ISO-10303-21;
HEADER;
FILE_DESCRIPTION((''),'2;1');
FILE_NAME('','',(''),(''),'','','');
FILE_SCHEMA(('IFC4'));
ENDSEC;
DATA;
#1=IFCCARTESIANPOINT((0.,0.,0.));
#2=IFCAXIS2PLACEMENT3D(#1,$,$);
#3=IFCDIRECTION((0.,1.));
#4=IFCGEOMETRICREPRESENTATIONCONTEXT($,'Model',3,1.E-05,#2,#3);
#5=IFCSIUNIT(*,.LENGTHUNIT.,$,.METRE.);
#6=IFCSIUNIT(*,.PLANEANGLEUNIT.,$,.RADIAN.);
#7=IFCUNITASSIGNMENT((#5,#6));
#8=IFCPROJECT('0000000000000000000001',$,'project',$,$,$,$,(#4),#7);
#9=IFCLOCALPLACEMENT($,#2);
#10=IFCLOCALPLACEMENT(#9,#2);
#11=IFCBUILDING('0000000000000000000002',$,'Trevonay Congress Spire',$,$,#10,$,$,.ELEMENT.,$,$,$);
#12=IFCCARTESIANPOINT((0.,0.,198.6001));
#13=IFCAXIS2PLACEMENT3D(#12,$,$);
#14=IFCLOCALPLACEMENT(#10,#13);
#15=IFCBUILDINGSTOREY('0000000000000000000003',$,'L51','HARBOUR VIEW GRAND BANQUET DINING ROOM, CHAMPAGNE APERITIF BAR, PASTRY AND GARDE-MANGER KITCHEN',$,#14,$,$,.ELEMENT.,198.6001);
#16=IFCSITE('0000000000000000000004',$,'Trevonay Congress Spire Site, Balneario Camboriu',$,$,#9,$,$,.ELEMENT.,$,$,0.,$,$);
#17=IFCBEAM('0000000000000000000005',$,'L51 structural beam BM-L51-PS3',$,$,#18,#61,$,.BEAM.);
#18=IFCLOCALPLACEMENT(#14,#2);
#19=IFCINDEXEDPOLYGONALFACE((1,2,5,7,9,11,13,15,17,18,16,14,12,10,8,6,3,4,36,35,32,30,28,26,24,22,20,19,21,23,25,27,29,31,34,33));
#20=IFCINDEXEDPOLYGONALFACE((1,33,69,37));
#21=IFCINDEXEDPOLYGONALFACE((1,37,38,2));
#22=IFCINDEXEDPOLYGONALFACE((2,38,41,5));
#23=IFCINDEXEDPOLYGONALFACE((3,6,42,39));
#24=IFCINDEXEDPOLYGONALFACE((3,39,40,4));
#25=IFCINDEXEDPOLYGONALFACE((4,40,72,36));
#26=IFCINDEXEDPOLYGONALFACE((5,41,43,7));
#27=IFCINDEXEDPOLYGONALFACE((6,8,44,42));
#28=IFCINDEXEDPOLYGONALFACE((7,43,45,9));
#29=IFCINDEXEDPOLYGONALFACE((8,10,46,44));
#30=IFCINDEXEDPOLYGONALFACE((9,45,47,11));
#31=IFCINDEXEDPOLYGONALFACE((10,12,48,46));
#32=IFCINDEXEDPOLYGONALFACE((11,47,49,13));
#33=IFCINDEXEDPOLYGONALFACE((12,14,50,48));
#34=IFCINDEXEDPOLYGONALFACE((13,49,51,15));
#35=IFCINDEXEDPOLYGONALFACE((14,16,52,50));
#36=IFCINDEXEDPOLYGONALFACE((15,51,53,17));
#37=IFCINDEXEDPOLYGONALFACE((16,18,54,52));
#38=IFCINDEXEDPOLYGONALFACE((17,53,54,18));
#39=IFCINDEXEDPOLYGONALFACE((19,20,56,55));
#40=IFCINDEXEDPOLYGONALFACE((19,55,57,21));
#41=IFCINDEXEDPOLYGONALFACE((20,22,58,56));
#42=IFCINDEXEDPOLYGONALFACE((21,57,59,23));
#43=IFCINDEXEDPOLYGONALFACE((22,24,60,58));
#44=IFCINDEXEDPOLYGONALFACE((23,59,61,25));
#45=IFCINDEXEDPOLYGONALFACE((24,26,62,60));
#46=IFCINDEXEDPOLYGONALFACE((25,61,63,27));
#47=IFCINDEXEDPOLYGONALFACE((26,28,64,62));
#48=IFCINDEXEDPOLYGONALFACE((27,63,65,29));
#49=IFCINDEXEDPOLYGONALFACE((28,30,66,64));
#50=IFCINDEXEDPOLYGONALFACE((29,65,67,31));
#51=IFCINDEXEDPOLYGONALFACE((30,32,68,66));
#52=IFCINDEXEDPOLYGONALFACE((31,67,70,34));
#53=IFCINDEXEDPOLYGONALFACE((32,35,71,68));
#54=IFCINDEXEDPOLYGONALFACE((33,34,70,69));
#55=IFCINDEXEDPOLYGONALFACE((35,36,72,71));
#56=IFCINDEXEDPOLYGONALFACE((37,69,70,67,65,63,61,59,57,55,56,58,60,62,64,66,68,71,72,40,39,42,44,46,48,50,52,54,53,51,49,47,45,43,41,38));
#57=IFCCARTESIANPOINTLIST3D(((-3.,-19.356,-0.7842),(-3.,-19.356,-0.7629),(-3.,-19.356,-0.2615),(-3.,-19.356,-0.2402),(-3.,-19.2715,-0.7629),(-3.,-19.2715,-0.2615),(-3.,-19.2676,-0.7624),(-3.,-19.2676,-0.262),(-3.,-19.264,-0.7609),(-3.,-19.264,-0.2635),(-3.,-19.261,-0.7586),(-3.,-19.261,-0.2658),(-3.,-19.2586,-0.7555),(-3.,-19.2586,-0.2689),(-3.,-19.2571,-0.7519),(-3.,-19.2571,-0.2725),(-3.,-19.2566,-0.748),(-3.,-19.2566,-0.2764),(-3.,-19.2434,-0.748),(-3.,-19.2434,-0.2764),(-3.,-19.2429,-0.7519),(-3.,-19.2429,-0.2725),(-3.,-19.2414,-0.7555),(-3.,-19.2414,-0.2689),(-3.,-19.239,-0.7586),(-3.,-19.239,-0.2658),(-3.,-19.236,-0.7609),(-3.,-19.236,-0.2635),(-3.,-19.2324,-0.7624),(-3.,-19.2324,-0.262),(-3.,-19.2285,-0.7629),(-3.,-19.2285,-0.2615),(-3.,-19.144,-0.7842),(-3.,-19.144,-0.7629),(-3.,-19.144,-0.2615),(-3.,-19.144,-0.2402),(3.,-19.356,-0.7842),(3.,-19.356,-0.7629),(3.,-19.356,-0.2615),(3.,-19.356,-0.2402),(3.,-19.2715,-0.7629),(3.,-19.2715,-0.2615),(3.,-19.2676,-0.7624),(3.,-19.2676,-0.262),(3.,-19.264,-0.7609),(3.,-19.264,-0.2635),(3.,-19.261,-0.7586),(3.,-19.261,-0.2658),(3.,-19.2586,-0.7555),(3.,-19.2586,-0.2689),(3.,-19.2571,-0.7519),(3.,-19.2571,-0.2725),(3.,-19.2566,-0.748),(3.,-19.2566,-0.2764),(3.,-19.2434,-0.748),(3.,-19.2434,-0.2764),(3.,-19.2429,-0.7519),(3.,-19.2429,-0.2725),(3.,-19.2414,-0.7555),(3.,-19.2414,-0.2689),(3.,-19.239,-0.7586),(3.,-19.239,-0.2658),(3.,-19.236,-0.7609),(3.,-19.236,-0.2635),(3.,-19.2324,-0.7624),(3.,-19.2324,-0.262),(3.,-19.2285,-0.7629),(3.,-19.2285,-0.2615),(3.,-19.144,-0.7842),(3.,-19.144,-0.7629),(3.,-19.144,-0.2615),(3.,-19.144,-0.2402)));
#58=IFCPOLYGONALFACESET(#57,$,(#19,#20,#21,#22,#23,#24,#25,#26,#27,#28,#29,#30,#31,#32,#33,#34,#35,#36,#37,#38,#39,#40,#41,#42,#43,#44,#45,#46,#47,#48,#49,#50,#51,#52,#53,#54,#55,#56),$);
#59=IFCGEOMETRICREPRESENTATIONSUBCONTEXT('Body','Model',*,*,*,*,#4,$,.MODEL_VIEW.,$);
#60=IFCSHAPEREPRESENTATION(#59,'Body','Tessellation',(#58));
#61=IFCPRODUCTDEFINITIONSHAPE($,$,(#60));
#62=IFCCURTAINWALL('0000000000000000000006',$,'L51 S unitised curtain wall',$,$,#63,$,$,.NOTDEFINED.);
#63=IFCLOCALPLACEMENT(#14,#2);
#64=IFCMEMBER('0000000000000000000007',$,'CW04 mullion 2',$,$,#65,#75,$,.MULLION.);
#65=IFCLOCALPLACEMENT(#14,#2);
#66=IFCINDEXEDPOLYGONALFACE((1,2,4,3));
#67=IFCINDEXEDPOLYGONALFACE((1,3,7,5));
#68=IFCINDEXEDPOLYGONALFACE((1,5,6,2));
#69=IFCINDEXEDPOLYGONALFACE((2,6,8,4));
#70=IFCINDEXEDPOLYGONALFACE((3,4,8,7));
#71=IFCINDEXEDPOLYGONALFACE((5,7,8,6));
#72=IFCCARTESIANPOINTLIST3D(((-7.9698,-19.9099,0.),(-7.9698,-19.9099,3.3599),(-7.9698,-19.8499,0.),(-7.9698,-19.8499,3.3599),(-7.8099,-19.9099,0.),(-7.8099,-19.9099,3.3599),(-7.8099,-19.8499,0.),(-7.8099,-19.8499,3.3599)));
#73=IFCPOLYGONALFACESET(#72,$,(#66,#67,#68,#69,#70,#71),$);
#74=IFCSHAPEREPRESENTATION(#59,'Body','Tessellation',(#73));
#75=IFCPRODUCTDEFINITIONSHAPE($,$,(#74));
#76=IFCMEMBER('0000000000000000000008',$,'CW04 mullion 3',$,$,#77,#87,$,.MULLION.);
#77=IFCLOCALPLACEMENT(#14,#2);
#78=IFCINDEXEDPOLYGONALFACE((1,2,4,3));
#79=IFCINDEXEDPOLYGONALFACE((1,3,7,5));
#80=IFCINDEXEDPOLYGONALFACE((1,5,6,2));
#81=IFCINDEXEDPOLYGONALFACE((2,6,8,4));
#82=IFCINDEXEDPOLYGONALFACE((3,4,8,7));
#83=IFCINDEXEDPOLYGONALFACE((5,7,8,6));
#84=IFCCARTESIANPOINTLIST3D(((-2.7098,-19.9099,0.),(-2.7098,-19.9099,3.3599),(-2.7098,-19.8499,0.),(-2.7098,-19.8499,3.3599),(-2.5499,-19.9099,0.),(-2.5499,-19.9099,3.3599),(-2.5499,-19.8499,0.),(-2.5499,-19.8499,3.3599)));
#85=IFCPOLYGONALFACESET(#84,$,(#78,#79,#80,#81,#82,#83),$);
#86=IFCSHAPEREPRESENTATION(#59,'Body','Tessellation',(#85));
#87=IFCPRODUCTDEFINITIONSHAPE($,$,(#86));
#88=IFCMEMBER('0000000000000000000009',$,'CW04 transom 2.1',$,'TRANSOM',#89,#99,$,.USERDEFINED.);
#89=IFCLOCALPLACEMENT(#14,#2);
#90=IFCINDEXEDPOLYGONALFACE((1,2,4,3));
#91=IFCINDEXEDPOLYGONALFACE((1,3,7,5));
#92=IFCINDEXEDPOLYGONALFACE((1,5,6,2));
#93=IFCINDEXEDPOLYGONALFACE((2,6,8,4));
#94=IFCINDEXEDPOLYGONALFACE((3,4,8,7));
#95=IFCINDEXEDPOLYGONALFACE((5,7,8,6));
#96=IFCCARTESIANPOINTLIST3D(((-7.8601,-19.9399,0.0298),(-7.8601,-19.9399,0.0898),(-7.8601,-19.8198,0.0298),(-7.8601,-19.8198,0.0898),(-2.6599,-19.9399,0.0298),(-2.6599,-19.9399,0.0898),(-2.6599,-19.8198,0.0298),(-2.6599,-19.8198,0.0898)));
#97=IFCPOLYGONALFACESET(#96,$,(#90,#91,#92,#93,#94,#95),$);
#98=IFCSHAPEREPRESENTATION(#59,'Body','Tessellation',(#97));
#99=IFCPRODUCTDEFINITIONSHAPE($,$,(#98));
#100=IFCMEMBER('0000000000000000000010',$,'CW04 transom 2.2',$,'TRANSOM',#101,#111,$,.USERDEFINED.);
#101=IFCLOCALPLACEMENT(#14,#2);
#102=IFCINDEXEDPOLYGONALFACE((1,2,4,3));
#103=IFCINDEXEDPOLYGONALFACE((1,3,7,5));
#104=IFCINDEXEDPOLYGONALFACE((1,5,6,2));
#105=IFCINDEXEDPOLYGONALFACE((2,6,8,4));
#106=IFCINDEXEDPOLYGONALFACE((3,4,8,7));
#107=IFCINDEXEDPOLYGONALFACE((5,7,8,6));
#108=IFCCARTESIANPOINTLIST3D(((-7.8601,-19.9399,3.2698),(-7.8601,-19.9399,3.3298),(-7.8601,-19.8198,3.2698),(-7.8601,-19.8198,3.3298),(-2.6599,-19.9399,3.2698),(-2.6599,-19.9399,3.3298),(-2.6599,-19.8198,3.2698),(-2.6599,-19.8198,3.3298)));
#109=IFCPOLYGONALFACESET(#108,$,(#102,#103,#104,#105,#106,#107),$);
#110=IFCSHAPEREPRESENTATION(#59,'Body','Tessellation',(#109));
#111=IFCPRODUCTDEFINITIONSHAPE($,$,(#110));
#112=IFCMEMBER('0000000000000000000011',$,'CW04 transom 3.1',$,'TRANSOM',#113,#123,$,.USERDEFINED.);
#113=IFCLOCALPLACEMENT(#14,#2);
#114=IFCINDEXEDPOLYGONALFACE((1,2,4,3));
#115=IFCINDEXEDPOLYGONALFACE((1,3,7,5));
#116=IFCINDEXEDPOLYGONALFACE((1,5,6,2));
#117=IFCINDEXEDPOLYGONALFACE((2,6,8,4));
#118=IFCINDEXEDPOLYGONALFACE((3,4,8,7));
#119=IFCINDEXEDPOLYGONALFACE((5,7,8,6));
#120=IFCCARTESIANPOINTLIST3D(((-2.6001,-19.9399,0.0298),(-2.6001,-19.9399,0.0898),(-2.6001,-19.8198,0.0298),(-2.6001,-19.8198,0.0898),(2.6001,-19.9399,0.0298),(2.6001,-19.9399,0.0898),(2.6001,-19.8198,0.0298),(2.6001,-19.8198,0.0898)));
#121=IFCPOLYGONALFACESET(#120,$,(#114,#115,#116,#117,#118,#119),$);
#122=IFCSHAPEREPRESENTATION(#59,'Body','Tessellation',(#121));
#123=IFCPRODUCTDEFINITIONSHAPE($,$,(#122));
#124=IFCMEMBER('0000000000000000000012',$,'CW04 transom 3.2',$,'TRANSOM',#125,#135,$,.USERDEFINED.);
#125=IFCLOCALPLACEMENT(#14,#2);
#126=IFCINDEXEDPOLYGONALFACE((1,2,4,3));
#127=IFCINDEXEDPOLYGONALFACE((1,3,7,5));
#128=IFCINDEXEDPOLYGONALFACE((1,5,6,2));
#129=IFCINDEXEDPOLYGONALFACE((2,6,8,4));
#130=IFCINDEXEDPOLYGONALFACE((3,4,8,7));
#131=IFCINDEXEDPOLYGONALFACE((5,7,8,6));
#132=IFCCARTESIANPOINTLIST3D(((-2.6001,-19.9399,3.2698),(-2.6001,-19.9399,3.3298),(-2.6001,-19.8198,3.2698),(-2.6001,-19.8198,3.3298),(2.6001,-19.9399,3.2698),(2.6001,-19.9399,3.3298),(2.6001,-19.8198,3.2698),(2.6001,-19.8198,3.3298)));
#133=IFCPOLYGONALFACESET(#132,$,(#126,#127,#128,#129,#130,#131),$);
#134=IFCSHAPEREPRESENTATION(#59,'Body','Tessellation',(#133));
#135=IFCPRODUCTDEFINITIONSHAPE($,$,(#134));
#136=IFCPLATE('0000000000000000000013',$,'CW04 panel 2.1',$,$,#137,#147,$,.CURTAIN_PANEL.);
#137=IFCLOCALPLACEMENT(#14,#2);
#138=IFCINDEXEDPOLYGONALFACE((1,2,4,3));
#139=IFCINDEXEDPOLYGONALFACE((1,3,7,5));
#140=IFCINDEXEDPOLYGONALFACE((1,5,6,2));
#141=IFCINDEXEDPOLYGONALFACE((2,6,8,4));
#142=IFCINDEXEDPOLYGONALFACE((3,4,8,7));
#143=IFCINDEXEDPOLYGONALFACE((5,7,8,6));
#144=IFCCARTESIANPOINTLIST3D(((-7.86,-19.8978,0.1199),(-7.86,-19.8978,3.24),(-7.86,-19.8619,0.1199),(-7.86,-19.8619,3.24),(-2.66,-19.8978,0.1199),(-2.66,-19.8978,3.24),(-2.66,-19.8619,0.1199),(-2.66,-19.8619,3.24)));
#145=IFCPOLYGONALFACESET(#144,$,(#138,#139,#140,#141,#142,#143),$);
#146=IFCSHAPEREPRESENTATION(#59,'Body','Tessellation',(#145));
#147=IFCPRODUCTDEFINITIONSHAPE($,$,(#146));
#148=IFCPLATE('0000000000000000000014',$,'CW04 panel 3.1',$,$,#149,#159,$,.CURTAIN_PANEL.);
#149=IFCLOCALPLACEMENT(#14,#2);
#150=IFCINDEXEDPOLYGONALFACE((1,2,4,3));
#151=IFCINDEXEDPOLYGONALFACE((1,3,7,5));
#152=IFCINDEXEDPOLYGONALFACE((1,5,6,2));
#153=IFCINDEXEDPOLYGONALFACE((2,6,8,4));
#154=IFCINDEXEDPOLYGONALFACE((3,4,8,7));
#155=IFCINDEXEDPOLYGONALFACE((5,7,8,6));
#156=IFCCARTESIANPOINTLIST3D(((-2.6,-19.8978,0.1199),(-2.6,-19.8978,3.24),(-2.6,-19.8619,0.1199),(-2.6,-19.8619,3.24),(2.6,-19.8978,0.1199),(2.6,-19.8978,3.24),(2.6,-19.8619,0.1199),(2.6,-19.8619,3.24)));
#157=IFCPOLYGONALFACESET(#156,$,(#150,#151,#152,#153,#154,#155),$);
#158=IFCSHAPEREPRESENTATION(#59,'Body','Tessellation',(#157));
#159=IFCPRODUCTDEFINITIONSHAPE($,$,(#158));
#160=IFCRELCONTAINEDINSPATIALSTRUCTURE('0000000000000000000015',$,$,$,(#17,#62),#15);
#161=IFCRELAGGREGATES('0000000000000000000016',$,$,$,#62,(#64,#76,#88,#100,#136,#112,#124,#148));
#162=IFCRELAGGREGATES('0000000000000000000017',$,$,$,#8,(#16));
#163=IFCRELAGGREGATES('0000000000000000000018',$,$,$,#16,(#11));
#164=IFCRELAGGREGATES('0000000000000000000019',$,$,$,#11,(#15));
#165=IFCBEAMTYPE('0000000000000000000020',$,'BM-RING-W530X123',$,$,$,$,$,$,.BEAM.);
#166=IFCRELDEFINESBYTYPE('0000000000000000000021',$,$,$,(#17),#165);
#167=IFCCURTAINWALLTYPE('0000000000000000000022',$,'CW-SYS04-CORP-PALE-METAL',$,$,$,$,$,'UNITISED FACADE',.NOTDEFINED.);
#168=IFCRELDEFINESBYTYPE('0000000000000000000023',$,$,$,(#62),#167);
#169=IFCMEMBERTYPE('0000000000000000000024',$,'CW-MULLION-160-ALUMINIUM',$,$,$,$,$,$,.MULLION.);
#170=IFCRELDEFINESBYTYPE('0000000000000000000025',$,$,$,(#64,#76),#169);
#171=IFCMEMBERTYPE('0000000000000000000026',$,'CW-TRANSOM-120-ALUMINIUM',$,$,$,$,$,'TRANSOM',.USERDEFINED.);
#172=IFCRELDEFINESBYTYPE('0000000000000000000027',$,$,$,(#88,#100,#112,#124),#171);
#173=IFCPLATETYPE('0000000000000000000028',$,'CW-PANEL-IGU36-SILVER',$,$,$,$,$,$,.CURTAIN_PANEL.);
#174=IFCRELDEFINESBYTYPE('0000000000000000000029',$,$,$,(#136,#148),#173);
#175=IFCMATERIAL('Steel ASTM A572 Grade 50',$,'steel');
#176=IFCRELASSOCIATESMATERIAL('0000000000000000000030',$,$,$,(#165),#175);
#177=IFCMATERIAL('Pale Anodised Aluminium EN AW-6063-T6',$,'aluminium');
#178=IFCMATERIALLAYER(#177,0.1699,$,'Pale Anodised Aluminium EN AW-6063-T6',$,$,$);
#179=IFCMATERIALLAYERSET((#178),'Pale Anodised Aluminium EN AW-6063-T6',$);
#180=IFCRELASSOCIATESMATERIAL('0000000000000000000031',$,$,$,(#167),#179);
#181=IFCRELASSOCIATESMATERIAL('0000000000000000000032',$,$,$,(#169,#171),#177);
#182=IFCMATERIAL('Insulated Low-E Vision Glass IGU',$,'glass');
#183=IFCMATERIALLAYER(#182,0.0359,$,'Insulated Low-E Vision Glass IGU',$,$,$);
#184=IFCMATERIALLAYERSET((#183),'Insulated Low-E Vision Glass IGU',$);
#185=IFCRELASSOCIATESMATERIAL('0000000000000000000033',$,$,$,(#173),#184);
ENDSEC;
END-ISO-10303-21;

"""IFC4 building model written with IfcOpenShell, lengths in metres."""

from ifc_helpers import new_model, si_unit, direction, frame, origin, origin_2d, place, context, subcontext, project, spatial, rectangle, i_section, extrude, material, layer, layer_set, material_profile, profile_set, type_object, element, aggregate, save


model = new_model("IFC4")

# Units and contexts
model_context = context("Model", 3, precision=1e-05, world=origin(), true_north=direction((0.0, 1.0)))
body_context = subcontext(model_context, "Body", "Model", "MODEL_VIEW")
ifc_project = project(units=[si_unit("LENGTHUNIT", "METRE"), si_unit("PLANEANGLEUNIT", "RADIAN")], contexts=[model_context])

# Site, building, storey
site_placement = place(None, origin())
site = spatial("IfcSite", under=ifc_project, at=site_placement, Name="Trevonay Congress Spire Site, Balneario Camboriu", CompositionType="ELEMENT", RefElevation=0.0)
building_placement = place(site_placement, origin())
building = spatial("IfcBuilding", under=site, at=building_placement, Name="Trevonay Congress Spire", CompositionType="ELEMENT")
storey_placement = place(building_placement, frame((0.0, 0.0, 198.6001)))
storey = spatial("IfcBuildingStorey", under=building, at=storey_placement, Name="L51", Description="HARBOUR VIEW GRAND BANQUET DINING ROOM, CHAMPAGNE APERITIF BAR, PASTRY AND GARDE-MANGER KITCHEN", CompositionType="ELEMENT", Elevation=198.6001)

# Shared definitions
ifc_material_1 = material(Name="Steel ASTM A572 Grade 50", Category="steel")

# Beam
ifc_material_profile_1 = material_profile(ifc_material_1, i_section(OverallWidth=0.2119, OverallDepth=0.5439, WebThickness=0.0132, FlangeThickness=0.0212, FilletRadius=0.0149, at=origin_2d()), Name="W530x123")
ifc_profile_set_1 = profile_set([ifc_material_profile_1], Name="Steel ASTM A572 Grade 50")
beam_type_1 = type_object("IfcBeamType", Name="BM-RING-W530X123", PredefinedType="BEAM", material=ifc_profile_set_1)
beam_1_placement = place(storey_placement, frame((-3.0, -19.25, -0.5122), z_axis=(1.0, 0.0, 0.0), x_axis=(0.0, 1.0, 0.0)))
element("IfcBeam", 1, at=beam_1_placement, inside=storey, type_object=beam_type_1, Name="L51 structural beam BM-L51-PS3", PredefinedType="BEAM", context=body_context, shape_type="SweptSolid", body=[
    extrude(i_section(OverallWidth=0.2119, OverallDepth=0.5439, WebThickness=0.0132, FlangeThickness=0.0212, FilletRadius=0.0149, at=origin_2d()), origin(), (0.0, 0.0, 1.0), 6.0),
])

# Curtain wall, members, plates
ifc_material_2 = material(Name="Pale Anodised Aluminium EN AW-6063-T6", Category="aluminium")
ifc_layer_1 = layer(ifc_material_2, 0.1699, Name="Pale Anodised Aluminium EN AW-6063-T6")
ifc_layer_set_1 = layer_set([ifc_layer_1], Name="Pale Anodised Aluminium EN AW-6063-T6")
curtain_wall_type = type_object("IfcCurtainWallType", Name="CW-SYS04-CORP-PALE-METAL", ElementType="UNITISED FACADE", PredefinedType="NOTDEFINED", material=ifc_layer_set_1)
curtain_wall_placement = place(storey_placement, origin())
curtain_wall = element("IfcCurtainWall", 2, at=curtain_wall_placement, inside=storey, type_object=curtain_wall_type, Name="L51 S unitised curtain wall", PredefinedType="NOTDEFINED")
ifc_material_profile_2 = material_profile(ifc_material_2, rectangle(XDim=0.0601, YDim=0.1599, at=origin_2d()), Name="CW-MULLION-160-ALUMINIUM")
ifc_profile_set_2 = profile_set([ifc_material_profile_2], Name="Pale Anodised Aluminium EN AW-6063-T6")
member_type_1 = type_object("IfcMemberType", Name="CW-MULLION-160-ALUMINIUM", PredefinedType="MULLION", material=ifc_profile_set_2)
member_1_placement = place(storey_placement, frame((-7.8899, -19.8799, 0.0), z_axis=(0.0, 0.0, 1.0), x_axis=(0.0, 1.0, 0.0)))
member_1 = element("IfcMember", 3, at=member_1_placement, type_object=member_type_1, Name="CW04 mullion 2", PredefinedType="MULLION", context=body_context, shape_type="SweptSolid", body=[
    extrude(rectangle(XDim=0.0601, YDim=0.1599, at=origin_2d()), origin(), (0.0, 0.0, 1.0), 3.3599),
])
member_2_placement = place(storey_placement, frame((-2.6299, -19.8799, 0.0), z_axis=(0.0, 0.0, 1.0), x_axis=(0.0, 1.0, 0.0)))
member_2 = element("IfcMember", 4, at=member_2_placement, type_object=member_type_1, Name="CW04 mullion 3", PredefinedType="MULLION", context=body_context, shape_type="SweptSolid", body=[
    extrude(rectangle(XDim=0.0601, YDim=0.1599, at=origin_2d()), origin(), (0.0, 0.0, 1.0), 3.3599),
])
ifc_material_profile_3 = material_profile(ifc_material_2, rectangle(XDim=0.1201, YDim=0.0601, at=origin_2d()), Name="CW-TRANSOM-120-ALUMINIUM")
ifc_profile_set_3 = profile_set([ifc_material_profile_3], Name="Pale Anodised Aluminium EN AW-6063-T6")
member_type_2 = type_object("IfcMemberType", Name="CW-TRANSOM-120-ALUMINIUM", ElementType="TRANSOM", PredefinedType="USERDEFINED", material=ifc_profile_set_3)
member_3_placement = place(storey_placement, frame((-7.8601, -19.8799, 0.0598), z_axis=(1.0, 0.0, 0.0), x_axis=(0.0, 1.0, 0.0)))
member_3 = element("IfcMember", 5, at=member_3_placement, type_object=member_type_2, Name="CW04 transom 2.1", ObjectType="TRANSOM", PredefinedType="USERDEFINED", context=body_context, shape_type="SweptSolid", body=[
    extrude(rectangle(XDim=0.1201, YDim=0.0601, at=origin_2d()), origin(), (0.0, 0.0, 1.0), 5.2002),
])
member_4_placement = place(storey_placement, frame((-7.8601, -19.8799, 3.2998), z_axis=(1.0, 0.0, 0.0), x_axis=(0.0, 1.0, 0.0)))
member_4 = element("IfcMember", 6, at=member_4_placement, type_object=member_type_2, Name="CW04 transom 2.2", ObjectType="TRANSOM", PredefinedType="USERDEFINED", context=body_context, shape_type="SweptSolid", body=[
    extrude(rectangle(XDim=0.1201, YDim=0.0601, at=origin_2d()), origin(), (0.0, 0.0, 1.0), 5.2002),
])
member_5_placement = place(storey_placement, frame((-2.6001, -19.8799, 0.0598), z_axis=(1.0, 0.0, 0.0), x_axis=(0.0, 1.0, 0.0)))
member_5 = element("IfcMember", 7, at=member_5_placement, type_object=member_type_2, Name="CW04 transom 3.1", ObjectType="TRANSOM", PredefinedType="USERDEFINED", context=body_context, shape_type="SweptSolid", body=[
    extrude(rectangle(XDim=0.1201, YDim=0.0601, at=origin_2d()), origin(), (0.0, 0.0, 1.0), 5.2002),
])
member_6_placement = place(storey_placement, frame((-2.6001, -19.8799, 3.2998), z_axis=(1.0, 0.0, 0.0), x_axis=(0.0, 1.0, 0.0)))
member_6 = element("IfcMember", 8, at=member_6_placement, type_object=member_type_2, Name="CW04 transom 3.2", ObjectType="TRANSOM", PredefinedType="USERDEFINED", context=body_context, shape_type="SweptSolid", body=[
    extrude(rectangle(XDim=0.1201, YDim=0.0601, at=origin_2d()), origin(), (0.0, 0.0, 1.0), 5.2002),
])
ifc_material_3 = material(Name="Insulated Low-E Vision Glass IGU", Category="glass")
ifc_layer_2 = layer(ifc_material_3, 0.0359, Name="Insulated Low-E Vision Glass IGU")
ifc_layer_set_2 = layer_set([ifc_layer_2], Name="Insulated Low-E Vision Glass IGU")
plate_type = type_object("IfcPlateType", Name="CW-PANEL-IGU36-SILVER", PredefinedType="CURTAIN_PANEL", material=ifc_layer_set_2)
plate_1_placement = place(storey_placement, frame((-5.26, -19.8799, 0.1199), z_axis=(0.0, 0.0, 1.0), x_axis=(1.0, 0.0, 0.0)))
plate_1 = element("IfcPlate", 9, at=plate_1_placement, type_object=plate_type, Name="CW04 panel 2.1", PredefinedType="CURTAIN_PANEL", context=body_context, shape_type="SweptSolid", body=[
    extrude(rectangle(XDim=5.2, YDim=0.0359, at=origin_2d()), origin(), (0.0, 0.0, 1.0), 3.1201),
])
plate_2_placement = place(storey_placement, frame((0.0, -19.8799, 0.1199), z_axis=(0.0, 0.0, 1.0), x_axis=(1.0, 0.0, 0.0)))
plate_2 = element("IfcPlate", 10, at=plate_2_placement, type_object=plate_type, Name="CW04 panel 3.1", PredefinedType="CURTAIN_PANEL", context=body_context, shape_type="SweptSolid", body=[
    extrude(rectangle(XDim=5.2, YDim=0.0359, at=origin_2d()), origin(), (0.0, 0.0, 1.0), 3.1201),
])
aggregate(curtain_wall, [member_1, member_2, member_3, member_4, plate_1, member_5, member_6, plate_2])

save(model, "model.ifc")
